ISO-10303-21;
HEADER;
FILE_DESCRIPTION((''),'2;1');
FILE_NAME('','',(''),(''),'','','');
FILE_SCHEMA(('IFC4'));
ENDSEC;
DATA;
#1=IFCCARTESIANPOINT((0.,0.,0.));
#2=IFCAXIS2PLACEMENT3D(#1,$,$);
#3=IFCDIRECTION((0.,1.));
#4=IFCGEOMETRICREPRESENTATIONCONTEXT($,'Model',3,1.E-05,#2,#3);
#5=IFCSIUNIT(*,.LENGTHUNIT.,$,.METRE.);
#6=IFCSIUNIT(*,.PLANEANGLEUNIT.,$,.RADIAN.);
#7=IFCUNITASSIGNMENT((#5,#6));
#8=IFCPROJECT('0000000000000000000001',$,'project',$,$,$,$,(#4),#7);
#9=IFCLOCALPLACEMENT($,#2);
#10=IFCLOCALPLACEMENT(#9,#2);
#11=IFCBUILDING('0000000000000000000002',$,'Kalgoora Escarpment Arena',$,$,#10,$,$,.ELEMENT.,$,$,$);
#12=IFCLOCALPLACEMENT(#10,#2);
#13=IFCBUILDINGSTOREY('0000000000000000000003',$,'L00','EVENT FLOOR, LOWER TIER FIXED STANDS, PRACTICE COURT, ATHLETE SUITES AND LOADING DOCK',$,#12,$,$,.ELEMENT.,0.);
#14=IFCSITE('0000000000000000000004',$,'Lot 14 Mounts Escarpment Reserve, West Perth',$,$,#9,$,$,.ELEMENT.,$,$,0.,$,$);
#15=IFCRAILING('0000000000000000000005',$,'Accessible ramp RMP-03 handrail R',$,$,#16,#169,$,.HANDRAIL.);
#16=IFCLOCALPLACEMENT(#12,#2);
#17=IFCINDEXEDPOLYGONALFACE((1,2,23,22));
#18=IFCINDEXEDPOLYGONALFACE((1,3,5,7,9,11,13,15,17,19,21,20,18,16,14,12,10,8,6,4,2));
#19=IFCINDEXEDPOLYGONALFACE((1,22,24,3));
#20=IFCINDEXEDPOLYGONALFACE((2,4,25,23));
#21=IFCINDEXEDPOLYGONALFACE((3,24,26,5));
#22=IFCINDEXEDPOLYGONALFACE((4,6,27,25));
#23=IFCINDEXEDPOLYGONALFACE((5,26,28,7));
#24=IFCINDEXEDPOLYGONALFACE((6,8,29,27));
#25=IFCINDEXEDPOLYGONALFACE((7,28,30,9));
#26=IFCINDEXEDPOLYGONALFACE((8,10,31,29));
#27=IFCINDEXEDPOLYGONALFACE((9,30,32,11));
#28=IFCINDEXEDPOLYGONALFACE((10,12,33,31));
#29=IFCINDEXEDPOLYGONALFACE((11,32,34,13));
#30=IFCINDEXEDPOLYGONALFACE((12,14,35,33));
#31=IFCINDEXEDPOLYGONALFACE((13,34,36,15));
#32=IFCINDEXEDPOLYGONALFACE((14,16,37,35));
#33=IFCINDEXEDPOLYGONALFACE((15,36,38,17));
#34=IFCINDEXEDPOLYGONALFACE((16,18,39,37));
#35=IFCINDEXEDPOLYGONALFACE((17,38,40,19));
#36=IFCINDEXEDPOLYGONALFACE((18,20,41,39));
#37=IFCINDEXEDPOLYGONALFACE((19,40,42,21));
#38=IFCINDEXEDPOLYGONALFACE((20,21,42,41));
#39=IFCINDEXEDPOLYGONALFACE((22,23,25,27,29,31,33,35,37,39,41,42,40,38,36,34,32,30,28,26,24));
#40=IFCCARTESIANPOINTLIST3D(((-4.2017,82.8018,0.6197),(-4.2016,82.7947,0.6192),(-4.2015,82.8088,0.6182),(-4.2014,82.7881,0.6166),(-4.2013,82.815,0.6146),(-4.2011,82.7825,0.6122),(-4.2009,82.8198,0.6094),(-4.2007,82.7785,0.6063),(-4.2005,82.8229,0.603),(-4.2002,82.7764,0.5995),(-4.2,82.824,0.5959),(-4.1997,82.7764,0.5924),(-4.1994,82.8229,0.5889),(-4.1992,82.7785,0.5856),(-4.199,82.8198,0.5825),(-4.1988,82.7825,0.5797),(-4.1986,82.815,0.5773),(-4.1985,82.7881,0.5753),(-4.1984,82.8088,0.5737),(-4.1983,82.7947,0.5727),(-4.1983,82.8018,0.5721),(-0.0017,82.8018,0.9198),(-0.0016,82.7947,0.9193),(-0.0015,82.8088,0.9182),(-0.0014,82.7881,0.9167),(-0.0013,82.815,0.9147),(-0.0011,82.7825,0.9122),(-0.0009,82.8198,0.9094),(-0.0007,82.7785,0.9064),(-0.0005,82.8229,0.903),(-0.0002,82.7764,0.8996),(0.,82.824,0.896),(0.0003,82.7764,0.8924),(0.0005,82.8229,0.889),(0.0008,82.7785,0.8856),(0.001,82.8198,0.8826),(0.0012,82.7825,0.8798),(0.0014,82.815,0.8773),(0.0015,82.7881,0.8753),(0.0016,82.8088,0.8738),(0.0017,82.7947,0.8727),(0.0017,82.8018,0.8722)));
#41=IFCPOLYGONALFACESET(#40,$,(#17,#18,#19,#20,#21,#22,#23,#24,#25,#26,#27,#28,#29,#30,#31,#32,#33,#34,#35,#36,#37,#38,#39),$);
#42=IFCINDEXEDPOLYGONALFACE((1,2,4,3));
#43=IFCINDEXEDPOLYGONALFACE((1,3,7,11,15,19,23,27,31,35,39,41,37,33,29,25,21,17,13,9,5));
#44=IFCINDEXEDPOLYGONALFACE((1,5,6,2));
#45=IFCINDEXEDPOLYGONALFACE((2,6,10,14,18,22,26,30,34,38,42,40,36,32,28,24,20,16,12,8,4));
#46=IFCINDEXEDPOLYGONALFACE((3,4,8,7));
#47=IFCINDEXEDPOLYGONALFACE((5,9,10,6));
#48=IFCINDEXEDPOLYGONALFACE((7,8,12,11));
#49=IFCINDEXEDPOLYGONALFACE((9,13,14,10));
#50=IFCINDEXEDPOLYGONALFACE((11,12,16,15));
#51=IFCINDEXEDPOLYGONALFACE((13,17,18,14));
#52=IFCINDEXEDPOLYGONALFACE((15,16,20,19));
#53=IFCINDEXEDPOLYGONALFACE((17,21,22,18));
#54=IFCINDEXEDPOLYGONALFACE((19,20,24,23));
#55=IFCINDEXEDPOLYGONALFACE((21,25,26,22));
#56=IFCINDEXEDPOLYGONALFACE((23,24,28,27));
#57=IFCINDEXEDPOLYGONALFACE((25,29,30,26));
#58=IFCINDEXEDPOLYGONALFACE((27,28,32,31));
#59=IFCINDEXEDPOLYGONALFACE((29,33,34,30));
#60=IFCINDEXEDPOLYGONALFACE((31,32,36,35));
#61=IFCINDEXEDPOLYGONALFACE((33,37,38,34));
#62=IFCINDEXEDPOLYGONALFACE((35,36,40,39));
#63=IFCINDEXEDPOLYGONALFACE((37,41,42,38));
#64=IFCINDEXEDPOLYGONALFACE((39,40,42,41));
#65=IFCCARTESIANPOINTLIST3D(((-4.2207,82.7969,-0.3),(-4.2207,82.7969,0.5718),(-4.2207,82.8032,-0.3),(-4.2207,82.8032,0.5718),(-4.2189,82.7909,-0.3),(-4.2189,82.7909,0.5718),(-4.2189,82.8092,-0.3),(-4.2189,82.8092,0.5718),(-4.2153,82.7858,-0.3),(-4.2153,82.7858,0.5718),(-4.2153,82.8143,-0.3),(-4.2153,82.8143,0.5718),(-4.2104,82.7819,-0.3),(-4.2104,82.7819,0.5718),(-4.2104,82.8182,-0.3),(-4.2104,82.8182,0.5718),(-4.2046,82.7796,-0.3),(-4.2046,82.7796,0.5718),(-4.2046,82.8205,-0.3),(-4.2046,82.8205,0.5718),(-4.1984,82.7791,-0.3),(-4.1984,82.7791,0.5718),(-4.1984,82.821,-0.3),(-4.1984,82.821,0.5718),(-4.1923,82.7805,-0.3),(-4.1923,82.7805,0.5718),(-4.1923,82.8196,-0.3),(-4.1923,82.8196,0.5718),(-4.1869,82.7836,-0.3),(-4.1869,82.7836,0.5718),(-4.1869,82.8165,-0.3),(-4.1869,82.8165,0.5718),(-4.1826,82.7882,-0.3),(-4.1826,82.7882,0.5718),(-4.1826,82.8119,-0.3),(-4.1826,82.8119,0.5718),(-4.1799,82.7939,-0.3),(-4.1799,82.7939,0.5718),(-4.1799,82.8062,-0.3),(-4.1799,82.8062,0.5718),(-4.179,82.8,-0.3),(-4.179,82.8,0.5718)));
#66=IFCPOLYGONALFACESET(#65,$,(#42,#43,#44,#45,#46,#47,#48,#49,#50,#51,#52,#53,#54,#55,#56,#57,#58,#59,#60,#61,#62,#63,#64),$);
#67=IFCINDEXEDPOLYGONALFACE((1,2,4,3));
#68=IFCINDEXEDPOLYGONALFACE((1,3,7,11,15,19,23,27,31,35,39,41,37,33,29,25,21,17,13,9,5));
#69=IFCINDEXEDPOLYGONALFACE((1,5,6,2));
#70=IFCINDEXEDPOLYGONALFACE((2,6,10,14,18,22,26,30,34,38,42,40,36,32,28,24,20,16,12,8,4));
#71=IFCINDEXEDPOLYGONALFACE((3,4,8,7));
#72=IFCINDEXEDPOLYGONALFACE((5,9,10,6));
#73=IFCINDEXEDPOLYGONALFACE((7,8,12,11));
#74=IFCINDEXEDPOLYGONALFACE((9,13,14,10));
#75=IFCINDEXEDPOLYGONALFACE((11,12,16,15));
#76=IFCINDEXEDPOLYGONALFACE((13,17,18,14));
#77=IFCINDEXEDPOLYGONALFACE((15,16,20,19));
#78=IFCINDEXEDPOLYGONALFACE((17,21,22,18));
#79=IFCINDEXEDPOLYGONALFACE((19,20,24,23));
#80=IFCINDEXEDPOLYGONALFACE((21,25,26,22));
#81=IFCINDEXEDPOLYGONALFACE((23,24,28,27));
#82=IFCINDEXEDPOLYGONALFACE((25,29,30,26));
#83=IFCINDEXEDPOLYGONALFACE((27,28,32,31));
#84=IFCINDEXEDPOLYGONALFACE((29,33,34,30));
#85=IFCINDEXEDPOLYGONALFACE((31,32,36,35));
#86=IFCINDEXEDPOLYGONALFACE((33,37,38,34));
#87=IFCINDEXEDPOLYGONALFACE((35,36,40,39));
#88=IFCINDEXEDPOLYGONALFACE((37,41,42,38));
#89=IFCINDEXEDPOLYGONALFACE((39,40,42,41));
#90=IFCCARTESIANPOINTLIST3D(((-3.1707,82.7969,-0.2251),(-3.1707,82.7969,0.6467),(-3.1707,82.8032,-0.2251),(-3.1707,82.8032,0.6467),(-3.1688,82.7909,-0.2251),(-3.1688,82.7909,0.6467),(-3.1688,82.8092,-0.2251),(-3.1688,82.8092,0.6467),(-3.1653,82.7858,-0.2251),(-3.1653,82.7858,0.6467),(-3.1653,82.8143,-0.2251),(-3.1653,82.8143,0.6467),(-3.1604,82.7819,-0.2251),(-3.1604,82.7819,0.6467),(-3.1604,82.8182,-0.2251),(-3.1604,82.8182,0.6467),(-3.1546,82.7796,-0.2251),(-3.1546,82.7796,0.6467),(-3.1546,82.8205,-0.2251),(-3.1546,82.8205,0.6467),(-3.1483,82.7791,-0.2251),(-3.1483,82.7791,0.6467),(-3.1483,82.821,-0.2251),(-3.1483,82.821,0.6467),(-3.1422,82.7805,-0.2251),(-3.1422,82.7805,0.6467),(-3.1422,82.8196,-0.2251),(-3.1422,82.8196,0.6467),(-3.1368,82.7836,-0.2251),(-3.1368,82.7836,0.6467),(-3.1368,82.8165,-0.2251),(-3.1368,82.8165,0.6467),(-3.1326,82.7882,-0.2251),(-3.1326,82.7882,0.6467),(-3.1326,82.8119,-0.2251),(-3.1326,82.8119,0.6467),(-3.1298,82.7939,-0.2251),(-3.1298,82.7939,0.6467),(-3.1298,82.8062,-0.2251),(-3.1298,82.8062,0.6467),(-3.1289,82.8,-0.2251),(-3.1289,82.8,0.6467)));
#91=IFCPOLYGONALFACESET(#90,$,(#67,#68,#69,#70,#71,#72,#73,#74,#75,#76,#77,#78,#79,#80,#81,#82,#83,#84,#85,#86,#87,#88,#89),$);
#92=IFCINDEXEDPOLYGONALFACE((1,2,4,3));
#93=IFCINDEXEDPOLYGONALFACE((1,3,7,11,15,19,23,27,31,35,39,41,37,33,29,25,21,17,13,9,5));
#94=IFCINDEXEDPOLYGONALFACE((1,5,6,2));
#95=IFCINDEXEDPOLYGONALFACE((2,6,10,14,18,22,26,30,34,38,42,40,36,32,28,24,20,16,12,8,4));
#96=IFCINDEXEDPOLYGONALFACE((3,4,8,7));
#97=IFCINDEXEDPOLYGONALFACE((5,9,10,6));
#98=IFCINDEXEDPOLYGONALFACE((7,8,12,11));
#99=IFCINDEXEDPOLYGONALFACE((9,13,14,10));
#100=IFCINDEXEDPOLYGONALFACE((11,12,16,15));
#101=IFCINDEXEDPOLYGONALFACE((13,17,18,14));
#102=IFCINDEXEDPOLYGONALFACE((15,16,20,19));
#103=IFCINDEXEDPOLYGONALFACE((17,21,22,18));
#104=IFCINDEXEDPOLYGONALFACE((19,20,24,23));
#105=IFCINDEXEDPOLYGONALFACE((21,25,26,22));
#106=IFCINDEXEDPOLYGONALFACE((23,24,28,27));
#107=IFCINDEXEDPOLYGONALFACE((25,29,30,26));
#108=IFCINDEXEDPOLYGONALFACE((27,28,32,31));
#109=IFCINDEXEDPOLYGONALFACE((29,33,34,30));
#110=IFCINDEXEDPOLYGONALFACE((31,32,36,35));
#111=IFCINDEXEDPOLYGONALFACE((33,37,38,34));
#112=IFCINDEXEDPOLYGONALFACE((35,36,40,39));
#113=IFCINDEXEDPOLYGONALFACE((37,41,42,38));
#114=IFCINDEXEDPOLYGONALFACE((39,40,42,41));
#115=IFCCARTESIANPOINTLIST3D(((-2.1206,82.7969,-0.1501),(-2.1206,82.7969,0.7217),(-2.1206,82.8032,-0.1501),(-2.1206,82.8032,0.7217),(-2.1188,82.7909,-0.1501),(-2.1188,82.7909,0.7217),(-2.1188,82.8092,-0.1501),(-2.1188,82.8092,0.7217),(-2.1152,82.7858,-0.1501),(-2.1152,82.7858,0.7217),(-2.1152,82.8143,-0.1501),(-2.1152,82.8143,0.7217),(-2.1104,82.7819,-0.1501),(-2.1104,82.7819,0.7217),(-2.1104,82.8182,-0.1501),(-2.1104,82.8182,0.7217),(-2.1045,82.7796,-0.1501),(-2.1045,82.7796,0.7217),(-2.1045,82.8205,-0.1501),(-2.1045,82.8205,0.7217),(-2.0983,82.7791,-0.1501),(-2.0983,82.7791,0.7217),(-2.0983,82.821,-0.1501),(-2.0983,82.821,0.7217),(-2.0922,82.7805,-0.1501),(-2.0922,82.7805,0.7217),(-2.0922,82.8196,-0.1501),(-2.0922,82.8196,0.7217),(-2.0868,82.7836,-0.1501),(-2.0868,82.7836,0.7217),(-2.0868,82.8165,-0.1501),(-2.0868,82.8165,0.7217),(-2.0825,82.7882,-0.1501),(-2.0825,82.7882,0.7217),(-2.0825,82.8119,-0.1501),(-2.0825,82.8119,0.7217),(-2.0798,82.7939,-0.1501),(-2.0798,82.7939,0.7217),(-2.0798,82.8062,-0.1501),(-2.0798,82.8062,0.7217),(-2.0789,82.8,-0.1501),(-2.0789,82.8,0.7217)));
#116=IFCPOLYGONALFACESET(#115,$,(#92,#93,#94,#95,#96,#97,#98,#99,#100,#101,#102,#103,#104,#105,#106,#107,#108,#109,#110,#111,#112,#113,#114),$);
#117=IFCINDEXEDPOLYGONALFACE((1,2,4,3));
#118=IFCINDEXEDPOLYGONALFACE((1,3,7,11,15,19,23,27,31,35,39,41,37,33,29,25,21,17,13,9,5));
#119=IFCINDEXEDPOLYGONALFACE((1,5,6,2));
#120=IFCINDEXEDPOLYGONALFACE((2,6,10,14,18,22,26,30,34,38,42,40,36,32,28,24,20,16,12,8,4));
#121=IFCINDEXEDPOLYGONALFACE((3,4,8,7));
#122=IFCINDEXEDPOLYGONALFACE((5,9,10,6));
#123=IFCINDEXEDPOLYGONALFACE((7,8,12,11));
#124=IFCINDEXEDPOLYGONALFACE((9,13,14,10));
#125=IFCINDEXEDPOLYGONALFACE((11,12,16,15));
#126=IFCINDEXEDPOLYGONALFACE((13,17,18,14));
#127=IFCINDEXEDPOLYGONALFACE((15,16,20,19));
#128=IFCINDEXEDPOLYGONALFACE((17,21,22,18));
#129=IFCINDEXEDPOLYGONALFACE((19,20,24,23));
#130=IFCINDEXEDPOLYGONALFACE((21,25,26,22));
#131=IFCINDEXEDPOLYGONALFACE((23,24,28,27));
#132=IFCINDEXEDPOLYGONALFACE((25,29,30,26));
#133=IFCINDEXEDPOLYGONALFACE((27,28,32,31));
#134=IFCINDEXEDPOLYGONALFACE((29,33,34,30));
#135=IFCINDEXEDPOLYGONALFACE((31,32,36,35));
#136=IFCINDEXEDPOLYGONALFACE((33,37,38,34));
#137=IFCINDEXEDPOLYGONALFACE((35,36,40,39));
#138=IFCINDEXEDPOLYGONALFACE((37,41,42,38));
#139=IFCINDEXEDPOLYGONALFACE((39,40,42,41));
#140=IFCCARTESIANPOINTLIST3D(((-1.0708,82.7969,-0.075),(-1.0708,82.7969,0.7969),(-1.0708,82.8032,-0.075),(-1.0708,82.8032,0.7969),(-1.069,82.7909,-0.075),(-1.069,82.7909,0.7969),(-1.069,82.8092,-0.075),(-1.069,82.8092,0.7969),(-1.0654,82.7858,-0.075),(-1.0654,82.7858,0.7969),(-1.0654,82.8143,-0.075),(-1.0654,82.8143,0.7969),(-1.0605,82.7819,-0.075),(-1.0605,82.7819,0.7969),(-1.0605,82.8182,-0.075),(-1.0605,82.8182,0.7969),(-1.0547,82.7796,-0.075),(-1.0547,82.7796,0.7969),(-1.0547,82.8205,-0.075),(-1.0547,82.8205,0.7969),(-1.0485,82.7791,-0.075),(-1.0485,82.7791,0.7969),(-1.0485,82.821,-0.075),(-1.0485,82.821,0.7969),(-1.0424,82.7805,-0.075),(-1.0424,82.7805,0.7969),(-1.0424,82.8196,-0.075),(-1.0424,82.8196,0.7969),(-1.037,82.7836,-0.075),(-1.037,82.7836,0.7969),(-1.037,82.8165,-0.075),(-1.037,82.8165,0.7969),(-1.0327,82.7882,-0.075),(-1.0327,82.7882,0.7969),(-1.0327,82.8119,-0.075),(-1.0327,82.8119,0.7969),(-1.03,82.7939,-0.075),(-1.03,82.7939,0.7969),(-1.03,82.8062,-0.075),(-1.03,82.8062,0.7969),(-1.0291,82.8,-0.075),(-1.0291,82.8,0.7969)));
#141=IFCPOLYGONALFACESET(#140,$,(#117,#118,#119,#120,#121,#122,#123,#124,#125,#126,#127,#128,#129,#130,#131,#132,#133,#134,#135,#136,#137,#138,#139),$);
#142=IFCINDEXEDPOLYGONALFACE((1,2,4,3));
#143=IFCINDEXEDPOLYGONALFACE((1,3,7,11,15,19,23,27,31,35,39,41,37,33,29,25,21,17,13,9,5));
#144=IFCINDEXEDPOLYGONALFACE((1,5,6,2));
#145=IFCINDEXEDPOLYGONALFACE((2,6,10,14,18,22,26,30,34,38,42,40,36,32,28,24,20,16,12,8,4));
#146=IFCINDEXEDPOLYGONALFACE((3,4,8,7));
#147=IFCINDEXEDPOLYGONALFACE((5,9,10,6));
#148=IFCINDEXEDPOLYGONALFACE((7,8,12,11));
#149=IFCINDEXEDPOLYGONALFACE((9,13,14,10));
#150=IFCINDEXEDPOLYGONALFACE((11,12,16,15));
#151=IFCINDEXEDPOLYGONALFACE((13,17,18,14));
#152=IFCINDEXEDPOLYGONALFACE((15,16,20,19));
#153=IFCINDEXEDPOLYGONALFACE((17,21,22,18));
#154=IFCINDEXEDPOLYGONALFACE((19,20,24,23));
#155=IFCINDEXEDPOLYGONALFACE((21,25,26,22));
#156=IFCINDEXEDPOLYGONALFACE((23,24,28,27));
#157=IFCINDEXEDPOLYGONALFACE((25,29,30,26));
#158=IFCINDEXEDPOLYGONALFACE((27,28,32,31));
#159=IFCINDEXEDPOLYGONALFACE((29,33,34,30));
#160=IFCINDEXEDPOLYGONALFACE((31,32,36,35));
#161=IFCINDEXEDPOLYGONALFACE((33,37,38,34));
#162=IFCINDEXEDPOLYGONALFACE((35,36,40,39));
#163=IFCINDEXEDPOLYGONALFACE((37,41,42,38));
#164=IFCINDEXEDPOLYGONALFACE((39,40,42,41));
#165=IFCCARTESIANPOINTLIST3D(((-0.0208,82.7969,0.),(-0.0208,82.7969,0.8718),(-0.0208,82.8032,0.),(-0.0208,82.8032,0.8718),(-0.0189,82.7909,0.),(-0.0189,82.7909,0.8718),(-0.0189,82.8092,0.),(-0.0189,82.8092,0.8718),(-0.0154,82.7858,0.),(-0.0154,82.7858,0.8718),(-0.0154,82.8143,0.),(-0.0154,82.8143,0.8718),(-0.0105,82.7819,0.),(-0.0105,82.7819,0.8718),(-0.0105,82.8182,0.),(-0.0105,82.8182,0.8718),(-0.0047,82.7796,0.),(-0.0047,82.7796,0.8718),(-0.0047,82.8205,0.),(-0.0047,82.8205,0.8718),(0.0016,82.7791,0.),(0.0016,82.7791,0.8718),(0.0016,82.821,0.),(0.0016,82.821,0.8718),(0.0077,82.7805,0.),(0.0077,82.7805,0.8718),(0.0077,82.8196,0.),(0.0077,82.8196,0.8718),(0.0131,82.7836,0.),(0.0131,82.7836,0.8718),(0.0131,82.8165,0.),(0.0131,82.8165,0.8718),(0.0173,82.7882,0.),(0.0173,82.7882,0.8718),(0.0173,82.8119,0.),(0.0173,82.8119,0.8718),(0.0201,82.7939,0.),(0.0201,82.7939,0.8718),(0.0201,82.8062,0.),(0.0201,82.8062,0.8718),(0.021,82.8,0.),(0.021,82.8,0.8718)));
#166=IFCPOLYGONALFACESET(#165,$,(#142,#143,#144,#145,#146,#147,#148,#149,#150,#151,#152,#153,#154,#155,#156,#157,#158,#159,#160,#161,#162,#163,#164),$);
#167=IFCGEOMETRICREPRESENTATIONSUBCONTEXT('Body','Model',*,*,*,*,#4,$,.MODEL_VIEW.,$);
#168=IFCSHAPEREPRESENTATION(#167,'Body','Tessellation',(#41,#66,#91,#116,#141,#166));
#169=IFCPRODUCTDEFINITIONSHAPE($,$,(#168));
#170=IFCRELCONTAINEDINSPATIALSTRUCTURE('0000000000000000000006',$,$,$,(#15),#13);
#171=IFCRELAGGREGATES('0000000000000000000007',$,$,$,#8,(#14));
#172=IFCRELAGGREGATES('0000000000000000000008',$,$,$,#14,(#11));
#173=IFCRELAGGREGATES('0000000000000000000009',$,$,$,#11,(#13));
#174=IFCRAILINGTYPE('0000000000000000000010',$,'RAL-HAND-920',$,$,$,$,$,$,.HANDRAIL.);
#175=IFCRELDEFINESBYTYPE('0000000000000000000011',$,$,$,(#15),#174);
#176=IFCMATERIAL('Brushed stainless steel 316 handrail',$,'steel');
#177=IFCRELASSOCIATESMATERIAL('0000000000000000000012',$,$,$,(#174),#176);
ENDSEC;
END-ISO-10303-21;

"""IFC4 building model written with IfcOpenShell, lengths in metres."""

from ifc_helpers import new_model, si_unit, direction, frame, origin, origin_2d, place, context, subcontext, project, spatial, circle, extrude, material, type_object, element, save


model = new_model("IFC4")

# Units and contexts
model_context = context("Model", 3, precision=1e-05, world=origin(), true_north=direction((0.0, 1.0)))
body_context = subcontext(model_context, "Body", "Model", "MODEL_VIEW")
ifc_project = project(units=[si_unit("LENGTHUNIT", "METRE"), si_unit("PLANEANGLEUNIT", "RADIAN")], contexts=[model_context])

# Site, building, storey
site_placement = place(None, origin())
site = spatial("IfcSite", under=ifc_project, at=site_placement, Name="Lot 14 Mounts Escarpment Reserve, West Perth", CompositionType="ELEMENT", RefElevation=0.0)
building_placement = place(site_placement, origin())
building = spatial("IfcBuilding", under=site, at=building_placement, Name="Kalgoora Escarpment Arena", CompositionType="ELEMENT")
storey_placement = place(building_placement, origin())
storey = spatial("IfcBuildingStorey", under=building, at=storey_placement, Name="L00", Description="EVENT FLOOR, LOWER TIER FIXED STANDS, PRACTICE COURT, ATHLETE SUITES AND LOADING DOCK", CompositionType="ELEMENT", Elevation=0.0)

# Railing
ifc_material_1 = material(Name="Brushed stainless steel 316 handrail", Category="steel")
railing_type = type_object("IfcRailingType", Name="RAL-HAND-920", PredefinedType="HANDRAIL", material=ifc_material_1)
for number, where, name in (
    (1, (-4.2, 82.8, -0.3), "Accessible ramp RMP-03 handrail R"),
):
    element("IfcRailing", number, at=place(storey_placement, frame(where)), inside=storey, type_object=railing_type, Name=name, PredefinedType="HANDRAIL", context=body_context, shape_type="SweptSolid", body=[
        extrude(circle(Radius=0.0239, at=origin_2d()), frame((0.0, 0.0, 0.896), z_axis=(0.997458, 0.0, 0.071259), x_axis=(0.0, 1.0, 0.0)), (0.0, 0.0, 1.0), 4.2107),
        extrude(circle(Radius=0.021, at=origin_2d()), origin(), (0.0, 0.0, 1.0), 0.8718),
        extrude(circle(Radius=0.021, at=origin_2d()), frame((1.05, 0.0, 0.075)), (0.0, 0.0, 1.0), 0.8718),
        extrude(circle(Radius=0.021, at=origin_2d()), frame((2.1001, 0.0, 0.1499)), (0.0, 0.0, 1.0), 0.8718),
        extrude(circle(Radius=0.021, at=origin_2d()), frame((3.1499, 0.0, 0.2251)), (0.0, 0.0, 1.0), 0.8718),
        extrude(circle(Radius=0.021, at=origin_2d()), frame((4.2, 0.0, 0.3)), (0.0, 0.0, 1.0), 0.8718),
    ])

save(model, "model.ifc")
